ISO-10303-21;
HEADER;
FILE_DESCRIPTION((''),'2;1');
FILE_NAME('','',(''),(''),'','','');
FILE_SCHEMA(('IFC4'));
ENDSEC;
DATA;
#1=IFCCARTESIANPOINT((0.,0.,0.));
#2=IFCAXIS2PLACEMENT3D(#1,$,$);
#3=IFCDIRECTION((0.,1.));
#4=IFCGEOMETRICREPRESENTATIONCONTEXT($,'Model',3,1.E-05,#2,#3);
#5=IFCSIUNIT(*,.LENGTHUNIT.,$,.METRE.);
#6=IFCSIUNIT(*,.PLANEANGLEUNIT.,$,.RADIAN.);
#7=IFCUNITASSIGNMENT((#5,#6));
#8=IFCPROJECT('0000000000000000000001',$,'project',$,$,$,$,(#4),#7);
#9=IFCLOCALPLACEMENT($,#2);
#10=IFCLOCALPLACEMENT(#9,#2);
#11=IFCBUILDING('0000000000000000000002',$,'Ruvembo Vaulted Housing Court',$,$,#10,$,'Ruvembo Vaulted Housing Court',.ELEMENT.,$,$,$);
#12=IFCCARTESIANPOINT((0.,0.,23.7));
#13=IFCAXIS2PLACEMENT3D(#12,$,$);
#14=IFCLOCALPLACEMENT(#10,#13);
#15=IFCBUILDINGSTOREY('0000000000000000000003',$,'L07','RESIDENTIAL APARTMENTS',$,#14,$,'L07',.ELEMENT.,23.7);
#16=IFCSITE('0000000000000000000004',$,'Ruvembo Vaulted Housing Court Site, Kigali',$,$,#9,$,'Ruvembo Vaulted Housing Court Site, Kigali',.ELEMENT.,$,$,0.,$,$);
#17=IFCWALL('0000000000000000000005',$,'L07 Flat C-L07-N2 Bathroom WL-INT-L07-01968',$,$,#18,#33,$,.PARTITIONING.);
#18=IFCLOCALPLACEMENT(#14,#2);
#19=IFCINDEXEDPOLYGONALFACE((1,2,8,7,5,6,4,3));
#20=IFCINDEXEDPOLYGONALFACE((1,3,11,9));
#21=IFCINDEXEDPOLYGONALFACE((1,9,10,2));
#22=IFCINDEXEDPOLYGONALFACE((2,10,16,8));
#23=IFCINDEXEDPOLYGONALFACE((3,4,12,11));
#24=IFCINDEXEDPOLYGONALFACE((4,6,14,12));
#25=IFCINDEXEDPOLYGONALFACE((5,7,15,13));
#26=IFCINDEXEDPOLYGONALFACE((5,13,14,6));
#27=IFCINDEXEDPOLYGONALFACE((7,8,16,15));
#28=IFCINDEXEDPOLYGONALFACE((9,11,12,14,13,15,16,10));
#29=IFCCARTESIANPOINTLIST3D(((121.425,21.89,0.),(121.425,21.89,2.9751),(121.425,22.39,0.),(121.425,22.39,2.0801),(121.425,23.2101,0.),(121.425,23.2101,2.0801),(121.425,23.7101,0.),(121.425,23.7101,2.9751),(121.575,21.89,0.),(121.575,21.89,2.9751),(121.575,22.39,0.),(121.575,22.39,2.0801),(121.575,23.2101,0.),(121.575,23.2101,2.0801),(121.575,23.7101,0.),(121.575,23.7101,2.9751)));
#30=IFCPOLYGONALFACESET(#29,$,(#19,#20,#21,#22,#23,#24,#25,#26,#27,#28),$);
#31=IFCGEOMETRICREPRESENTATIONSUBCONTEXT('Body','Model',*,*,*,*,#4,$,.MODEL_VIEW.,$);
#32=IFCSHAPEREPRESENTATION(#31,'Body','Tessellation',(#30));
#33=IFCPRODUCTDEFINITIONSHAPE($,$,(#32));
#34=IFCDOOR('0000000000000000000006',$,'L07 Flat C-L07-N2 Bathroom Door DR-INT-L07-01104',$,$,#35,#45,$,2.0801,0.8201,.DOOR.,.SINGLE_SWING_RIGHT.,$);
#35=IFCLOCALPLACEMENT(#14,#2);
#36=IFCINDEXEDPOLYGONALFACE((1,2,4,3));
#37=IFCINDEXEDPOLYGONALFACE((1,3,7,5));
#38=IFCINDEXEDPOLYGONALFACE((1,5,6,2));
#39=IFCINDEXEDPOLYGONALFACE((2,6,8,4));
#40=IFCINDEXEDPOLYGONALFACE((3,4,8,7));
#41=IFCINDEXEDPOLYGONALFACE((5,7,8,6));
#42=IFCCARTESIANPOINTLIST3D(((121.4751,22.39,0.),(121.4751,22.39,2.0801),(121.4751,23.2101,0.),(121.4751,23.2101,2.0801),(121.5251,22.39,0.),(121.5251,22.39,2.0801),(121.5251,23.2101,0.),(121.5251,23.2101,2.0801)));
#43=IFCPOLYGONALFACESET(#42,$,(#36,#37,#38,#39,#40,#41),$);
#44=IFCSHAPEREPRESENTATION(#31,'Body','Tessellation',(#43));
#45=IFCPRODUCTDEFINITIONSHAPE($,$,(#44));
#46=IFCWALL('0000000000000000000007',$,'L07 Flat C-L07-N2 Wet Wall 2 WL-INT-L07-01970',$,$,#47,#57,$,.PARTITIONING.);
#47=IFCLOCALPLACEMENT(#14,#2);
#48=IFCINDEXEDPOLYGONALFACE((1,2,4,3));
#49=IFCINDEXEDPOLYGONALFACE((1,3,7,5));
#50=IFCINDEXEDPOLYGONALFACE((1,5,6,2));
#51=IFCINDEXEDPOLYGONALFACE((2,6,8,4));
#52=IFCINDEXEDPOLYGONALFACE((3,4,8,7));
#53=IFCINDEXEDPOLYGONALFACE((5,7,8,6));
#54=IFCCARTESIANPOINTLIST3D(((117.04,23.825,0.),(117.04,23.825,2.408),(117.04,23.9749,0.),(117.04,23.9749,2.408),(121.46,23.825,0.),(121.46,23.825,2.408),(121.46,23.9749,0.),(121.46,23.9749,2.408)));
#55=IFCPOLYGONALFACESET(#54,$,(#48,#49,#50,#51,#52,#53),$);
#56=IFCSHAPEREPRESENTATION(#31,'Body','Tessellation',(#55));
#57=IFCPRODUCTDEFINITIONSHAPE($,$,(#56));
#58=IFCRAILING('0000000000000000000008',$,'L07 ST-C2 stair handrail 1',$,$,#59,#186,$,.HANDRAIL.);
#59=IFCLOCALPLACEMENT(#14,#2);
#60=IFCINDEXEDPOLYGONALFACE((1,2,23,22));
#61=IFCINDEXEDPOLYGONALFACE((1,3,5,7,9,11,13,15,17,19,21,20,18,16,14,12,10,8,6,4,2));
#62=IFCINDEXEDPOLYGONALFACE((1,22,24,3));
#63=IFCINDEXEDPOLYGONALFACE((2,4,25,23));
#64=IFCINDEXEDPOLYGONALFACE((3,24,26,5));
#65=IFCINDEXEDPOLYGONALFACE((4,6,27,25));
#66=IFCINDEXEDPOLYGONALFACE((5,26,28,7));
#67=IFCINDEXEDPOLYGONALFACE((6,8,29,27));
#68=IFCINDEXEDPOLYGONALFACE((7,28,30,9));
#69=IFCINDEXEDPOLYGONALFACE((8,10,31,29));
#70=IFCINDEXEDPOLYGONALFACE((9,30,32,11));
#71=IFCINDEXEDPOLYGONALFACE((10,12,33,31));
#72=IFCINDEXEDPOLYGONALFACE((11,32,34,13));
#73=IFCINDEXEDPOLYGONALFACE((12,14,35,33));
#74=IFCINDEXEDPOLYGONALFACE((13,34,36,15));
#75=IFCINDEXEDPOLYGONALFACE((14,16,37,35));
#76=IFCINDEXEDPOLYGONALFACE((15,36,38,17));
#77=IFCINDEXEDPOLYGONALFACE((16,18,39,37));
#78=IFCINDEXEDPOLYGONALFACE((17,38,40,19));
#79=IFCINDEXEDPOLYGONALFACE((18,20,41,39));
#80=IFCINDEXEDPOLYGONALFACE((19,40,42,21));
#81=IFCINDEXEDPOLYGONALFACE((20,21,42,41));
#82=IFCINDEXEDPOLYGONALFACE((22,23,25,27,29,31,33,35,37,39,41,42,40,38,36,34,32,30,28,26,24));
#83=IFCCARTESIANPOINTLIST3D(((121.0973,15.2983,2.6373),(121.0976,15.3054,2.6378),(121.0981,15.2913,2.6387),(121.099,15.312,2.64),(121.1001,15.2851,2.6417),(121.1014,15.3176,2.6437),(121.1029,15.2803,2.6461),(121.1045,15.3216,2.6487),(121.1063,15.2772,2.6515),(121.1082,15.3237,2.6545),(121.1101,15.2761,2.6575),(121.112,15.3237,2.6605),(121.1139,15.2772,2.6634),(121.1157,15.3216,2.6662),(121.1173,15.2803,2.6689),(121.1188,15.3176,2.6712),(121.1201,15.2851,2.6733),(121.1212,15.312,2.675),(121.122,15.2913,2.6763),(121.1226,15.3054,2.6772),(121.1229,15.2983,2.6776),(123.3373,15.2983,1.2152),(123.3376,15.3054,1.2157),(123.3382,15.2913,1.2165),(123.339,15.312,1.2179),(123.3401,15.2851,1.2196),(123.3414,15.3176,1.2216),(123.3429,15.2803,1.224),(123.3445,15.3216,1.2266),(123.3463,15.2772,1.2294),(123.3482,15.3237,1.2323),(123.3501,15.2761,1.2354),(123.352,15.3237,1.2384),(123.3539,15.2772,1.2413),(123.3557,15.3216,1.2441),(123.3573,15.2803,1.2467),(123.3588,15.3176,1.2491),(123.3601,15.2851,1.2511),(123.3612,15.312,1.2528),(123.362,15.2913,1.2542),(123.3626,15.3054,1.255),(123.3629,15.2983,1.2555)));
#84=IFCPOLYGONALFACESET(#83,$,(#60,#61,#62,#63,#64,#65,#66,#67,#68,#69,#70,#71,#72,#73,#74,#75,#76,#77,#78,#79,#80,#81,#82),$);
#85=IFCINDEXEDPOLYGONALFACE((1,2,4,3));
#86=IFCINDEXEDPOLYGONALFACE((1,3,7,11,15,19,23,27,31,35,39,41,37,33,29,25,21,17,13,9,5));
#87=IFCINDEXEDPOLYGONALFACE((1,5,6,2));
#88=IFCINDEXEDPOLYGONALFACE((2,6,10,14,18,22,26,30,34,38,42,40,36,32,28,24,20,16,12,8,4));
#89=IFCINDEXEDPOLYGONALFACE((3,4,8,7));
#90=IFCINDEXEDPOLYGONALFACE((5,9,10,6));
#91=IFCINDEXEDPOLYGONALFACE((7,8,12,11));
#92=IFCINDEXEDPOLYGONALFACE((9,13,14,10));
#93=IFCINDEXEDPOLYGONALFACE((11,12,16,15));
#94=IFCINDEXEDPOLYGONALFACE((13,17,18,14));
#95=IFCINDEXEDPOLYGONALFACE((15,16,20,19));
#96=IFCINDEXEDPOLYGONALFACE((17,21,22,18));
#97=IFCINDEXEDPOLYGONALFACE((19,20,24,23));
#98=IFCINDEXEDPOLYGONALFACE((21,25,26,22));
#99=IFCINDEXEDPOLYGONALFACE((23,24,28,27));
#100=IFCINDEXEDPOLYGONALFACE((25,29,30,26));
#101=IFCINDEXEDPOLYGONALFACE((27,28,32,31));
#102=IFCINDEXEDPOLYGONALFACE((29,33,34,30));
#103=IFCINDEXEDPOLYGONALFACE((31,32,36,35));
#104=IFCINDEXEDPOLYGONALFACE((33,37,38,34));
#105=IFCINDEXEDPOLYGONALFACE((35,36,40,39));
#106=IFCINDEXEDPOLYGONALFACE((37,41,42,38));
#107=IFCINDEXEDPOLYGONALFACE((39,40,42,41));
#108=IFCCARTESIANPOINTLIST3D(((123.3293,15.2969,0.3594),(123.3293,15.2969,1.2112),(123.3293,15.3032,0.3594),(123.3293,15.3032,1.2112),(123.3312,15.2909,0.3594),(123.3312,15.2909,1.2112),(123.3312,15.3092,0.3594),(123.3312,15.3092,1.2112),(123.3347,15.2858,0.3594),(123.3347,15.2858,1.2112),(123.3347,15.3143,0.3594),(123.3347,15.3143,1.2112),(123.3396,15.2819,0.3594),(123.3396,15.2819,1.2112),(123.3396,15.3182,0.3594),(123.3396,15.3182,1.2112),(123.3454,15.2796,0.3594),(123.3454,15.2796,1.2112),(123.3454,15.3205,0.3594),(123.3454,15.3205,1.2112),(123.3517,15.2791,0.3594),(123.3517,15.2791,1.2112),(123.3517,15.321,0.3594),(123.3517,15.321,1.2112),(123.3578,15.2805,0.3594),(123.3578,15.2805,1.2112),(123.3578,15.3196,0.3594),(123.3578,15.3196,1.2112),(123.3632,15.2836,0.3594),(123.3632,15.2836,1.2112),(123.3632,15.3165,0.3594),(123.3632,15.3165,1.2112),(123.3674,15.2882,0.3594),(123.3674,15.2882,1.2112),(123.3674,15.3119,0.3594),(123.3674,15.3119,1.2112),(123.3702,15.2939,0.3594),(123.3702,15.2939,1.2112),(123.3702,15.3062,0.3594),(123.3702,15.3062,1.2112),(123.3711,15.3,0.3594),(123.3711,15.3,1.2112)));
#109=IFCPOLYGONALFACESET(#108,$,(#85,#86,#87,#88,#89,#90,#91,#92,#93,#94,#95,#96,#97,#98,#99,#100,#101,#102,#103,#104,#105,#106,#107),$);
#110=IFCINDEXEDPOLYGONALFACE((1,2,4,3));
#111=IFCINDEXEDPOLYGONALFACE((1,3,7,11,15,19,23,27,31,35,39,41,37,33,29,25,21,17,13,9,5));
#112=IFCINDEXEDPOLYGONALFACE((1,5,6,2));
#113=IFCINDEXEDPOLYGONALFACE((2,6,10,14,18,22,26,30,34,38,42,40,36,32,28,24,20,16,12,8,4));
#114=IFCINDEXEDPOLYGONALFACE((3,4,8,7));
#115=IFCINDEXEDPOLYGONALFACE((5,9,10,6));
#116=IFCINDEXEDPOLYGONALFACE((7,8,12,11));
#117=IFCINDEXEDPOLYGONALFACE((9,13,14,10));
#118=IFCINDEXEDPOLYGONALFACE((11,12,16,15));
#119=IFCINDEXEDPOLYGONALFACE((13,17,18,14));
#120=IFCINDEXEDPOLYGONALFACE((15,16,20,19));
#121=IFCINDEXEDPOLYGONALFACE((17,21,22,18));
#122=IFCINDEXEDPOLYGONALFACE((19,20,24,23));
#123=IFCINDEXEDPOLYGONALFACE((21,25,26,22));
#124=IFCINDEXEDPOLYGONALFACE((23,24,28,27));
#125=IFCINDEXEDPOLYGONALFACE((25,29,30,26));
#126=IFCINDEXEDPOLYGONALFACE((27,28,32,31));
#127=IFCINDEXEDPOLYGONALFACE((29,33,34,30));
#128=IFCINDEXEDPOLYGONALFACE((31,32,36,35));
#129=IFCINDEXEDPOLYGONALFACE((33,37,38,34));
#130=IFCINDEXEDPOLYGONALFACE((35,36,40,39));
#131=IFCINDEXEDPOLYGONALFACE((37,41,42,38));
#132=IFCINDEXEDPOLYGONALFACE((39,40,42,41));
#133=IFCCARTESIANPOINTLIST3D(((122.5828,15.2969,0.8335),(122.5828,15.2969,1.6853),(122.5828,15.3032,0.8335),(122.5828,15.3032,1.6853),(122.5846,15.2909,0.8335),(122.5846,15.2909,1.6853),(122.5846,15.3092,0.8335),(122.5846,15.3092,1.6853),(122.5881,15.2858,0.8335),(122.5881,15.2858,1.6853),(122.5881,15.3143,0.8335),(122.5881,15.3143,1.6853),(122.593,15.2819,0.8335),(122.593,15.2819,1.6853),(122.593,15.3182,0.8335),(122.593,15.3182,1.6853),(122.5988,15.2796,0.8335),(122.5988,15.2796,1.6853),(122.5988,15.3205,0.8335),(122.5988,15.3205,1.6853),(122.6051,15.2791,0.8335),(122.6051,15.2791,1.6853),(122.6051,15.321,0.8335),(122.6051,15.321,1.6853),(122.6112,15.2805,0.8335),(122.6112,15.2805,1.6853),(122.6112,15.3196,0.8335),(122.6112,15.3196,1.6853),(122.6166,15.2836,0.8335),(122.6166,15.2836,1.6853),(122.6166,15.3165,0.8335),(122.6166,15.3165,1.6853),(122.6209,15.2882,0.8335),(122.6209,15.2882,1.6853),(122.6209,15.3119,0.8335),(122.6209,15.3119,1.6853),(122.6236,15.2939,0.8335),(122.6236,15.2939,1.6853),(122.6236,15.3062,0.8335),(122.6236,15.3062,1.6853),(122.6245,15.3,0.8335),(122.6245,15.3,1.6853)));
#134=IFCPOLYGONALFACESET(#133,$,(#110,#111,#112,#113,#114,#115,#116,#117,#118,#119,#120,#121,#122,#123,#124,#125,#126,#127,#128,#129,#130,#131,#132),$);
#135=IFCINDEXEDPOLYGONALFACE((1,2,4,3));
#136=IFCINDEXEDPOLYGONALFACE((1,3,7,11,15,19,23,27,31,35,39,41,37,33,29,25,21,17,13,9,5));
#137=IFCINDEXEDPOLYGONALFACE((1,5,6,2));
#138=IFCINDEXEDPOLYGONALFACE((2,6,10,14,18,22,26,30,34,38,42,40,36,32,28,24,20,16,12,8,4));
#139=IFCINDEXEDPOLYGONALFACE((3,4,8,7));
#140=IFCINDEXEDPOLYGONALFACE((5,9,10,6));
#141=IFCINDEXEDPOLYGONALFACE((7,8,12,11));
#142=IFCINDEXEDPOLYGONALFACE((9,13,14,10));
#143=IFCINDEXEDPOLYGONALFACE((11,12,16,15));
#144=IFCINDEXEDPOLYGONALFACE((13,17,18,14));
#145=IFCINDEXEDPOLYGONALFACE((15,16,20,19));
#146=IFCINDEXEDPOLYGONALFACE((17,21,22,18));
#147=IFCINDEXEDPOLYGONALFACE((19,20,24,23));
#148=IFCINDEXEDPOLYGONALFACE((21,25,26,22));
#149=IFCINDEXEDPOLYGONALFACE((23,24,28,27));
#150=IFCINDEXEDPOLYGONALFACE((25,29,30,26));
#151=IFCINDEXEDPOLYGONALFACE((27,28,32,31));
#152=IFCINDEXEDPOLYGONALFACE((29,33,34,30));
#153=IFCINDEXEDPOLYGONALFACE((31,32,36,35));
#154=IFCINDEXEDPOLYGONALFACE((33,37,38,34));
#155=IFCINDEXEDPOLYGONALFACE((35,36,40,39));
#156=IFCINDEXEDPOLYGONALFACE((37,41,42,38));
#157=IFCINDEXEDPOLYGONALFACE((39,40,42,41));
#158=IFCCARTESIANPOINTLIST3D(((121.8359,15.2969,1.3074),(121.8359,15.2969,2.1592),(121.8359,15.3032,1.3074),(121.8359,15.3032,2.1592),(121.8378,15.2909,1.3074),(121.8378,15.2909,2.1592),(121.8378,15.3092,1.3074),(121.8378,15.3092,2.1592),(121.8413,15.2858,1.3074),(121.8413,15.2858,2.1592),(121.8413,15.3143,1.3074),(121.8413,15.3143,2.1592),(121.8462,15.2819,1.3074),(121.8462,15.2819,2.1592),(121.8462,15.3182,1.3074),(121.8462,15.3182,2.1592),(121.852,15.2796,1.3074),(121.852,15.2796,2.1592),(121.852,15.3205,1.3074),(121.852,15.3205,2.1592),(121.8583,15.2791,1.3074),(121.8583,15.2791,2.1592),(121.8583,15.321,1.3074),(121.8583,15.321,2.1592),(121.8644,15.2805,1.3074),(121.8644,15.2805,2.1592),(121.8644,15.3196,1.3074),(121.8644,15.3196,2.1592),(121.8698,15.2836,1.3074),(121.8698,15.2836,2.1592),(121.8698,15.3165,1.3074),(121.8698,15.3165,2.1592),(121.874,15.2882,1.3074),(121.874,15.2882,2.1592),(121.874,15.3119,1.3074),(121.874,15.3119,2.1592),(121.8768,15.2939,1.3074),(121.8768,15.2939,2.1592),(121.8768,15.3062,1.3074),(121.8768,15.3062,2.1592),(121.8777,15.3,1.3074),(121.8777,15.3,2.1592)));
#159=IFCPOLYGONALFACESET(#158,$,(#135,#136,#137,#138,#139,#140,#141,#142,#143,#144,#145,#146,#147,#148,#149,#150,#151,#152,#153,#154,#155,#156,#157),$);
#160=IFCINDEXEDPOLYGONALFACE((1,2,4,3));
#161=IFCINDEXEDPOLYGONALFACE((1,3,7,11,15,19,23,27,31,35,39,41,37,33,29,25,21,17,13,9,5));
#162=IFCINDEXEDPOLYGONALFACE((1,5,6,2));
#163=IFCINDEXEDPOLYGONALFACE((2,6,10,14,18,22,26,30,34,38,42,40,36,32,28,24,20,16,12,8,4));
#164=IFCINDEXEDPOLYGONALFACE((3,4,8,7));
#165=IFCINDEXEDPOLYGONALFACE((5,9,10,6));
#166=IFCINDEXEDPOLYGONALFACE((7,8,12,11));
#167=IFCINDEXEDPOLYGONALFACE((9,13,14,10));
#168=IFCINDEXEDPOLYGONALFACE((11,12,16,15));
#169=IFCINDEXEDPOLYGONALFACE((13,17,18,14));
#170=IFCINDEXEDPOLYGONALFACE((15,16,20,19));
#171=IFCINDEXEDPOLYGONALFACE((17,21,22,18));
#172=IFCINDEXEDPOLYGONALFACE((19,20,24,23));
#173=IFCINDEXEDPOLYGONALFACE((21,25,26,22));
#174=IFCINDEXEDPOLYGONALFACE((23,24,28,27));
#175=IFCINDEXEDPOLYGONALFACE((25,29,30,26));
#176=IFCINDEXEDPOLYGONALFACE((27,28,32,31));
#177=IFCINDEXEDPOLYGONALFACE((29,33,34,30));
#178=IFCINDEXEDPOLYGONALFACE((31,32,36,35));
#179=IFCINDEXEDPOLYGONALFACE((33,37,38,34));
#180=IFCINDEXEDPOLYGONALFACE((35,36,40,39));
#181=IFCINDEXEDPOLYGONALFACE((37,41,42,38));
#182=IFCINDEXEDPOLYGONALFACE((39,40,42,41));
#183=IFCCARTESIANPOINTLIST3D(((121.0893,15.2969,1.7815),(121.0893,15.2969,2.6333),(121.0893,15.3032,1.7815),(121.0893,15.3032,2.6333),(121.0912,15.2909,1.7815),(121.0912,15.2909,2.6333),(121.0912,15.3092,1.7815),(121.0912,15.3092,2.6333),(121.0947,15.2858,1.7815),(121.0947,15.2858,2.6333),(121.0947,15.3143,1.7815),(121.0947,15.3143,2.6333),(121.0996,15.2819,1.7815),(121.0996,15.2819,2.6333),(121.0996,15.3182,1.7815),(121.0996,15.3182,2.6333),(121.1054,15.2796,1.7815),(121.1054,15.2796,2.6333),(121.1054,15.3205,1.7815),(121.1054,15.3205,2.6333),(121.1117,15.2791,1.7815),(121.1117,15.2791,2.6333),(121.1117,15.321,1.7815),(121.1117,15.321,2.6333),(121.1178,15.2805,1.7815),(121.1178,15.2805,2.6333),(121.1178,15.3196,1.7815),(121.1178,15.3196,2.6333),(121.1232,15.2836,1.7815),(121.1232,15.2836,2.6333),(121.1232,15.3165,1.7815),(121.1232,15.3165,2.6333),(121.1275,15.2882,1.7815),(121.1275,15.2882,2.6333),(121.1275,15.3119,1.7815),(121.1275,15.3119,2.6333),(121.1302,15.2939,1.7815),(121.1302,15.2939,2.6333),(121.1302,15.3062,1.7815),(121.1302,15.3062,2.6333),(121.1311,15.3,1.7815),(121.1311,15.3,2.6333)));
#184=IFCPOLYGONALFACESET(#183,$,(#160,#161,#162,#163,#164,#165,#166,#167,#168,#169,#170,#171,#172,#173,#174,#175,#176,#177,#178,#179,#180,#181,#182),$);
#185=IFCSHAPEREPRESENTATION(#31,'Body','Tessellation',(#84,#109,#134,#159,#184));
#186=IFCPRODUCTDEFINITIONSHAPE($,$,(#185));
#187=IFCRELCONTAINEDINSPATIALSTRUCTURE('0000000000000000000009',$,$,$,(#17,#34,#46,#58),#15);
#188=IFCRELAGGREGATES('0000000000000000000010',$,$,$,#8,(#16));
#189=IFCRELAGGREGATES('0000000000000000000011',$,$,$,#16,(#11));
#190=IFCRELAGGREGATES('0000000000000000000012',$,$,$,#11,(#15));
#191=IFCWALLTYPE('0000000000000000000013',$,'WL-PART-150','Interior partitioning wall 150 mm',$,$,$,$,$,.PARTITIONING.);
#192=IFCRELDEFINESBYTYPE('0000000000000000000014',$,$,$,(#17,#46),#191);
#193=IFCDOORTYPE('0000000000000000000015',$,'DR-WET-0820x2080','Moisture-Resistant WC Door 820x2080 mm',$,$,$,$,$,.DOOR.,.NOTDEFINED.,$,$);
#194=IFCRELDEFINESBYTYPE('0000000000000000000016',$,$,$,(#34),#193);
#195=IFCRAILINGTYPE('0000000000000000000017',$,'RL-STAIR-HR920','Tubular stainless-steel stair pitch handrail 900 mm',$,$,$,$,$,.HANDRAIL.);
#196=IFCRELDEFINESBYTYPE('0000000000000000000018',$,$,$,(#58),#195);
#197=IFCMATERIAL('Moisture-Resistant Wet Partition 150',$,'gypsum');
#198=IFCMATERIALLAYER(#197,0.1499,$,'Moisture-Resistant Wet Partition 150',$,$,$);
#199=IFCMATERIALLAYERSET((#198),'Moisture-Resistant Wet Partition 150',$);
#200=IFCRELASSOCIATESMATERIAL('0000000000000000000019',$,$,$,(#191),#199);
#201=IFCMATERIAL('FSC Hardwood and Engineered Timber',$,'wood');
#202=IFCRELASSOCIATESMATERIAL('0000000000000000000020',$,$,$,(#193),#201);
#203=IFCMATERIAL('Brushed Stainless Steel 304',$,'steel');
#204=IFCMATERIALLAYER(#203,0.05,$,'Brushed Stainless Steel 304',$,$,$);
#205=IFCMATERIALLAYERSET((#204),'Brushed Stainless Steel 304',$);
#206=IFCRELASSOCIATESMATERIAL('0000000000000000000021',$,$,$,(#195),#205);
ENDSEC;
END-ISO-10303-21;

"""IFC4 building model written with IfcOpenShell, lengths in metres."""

from ifc_helpers import new_model, si_unit, direction, frame, frame_2d, origin, origin_2d, place, context, subcontext, project, spatial, rectangle, circle, extrude, material, layer, layer_set, type_object, element, fill, save


model = new_model("IFC4")

# Units and contexts
model_context = context("Model", 3, precision=1e-05, world=origin(), true_north=direction((0.0, 1.0)))
body_context = subcontext(model_context, "Body", "Model", "MODEL_VIEW")
ifc_project = project(units=[si_unit("LENGTHUNIT", "METRE"), si_unit("PLANEANGLEUNIT", "RADIAN")], contexts=[model_context])

# Site, building, storey
site_placement = place(None, origin())
site = spatial("IfcSite", under=ifc_project, at=site_placement, Name="Ruvembo Vaulted Housing Court Site, Kigali", LongName="Ruvembo Vaulted Housing Court Site, Kigali", CompositionType="ELEMENT", RefElevation=0.0)
building_placement = place(site_placement, origin())
building = spatial("IfcBuilding", under=site, at=building_placement, Name="Ruvembo Vaulted Housing Court", LongName="Ruvembo Vaulted Housing Court", CompositionType="ELEMENT")
storey_placement = place(building_placement, frame((0.0, 0.0, 23.7)))
storey = spatial("IfcBuildingStorey", under=building, at=storey_placement, Name="L07", Description="RESIDENTIAL APARTMENTS", LongName="L07", CompositionType="ELEMENT", Elevation=23.7)

# Shared definitions
ifc_material_1 = material(Name="FSC Hardwood and Engineered Timber", Category="wood")

# Wall, opening, door
ifc_material_2 = material(Name="Moisture-Resistant Wet Partition 150", Category="gypsum")
ifc_layer_1 = layer(ifc_material_2, 0.1499, Name="Moisture-Resistant Wet Partition 150")
ifc_layer_set_1 = layer_set([ifc_layer_1], Name="Moisture-Resistant Wet Partition 150")
wall_type_1 = type_object("IfcWallType", Name="WL-PART-150", Description="Interior partitioning wall 150 mm", PredefinedType="PARTITIONING", material=ifc_layer_set_1)
wall_1_placement = place(storey_placement, frame((121.5, 21.8899, 0.0), z_axis=(0.0, 0.0, 1.0), x_axis=(0.0, 1.0, 0.0)))
wall_1 = element("IfcWall", 1, at=wall_1_placement, inside=storey, type_object=wall_type_1, Name="L07 Flat C-L07-N2 Bathroom WL-INT-L07-01968", PredefinedType="PARTITIONING", context=body_context, shape_type="SweptSolid", body=[
    extrude(rectangle(XDim=1.8201, YDim=0.1499, at=frame_2d((0.9102, 0.0))), origin(), (0.0, 0.0, 1.0), 2.9751),
])
opening_1_placement = place(wall_1_placement, frame((0.5, 0.0, 0.0)))
opening_1 = element("IfcOpeningElement", 2, at=opening_1_placement, cuts=wall_1, PredefinedType="OPENING", context=body_context, shape_type="SweptSolid", body=[
    extrude(rectangle(XDim=0.8201, YDim=2.0801, at=frame_2d((0.4102, 1.04))), frame((0.0, 0.085, 0.0), z_axis=(0.0, -1.0, 0.0), x_axis=(1.0, 0.0, 0.0)), (0.0, 0.0, 1.0), 0.1699),
])
door_type_1 = type_object("IfcDoorType", Name="DR-WET-0820x2080", Description="Moisture-Resistant WC Door 820x2080 mm", OperationType="NOTDEFINED", PredefinedType="DOOR", material=ifc_material_1)
door_1_placement = place(opening_1_placement, origin())
door_1 = element("IfcDoor", 3, at=door_1_placement, inside=storey, type_object=door_type_1, Name="L07 Flat C-L07-N2 Bathroom Door DR-INT-L07-01104", OperationType="SINGLE_SWING_RIGHT", OverallHeight=2.0801, OverallWidth=0.8201, PredefinedType="DOOR", context=body_context, shape_type="SweptSolid", body=[
    extrude(rectangle(XDim=0.8201, YDim=2.0801, at=frame_2d((0.4102, 1.04))), frame((0.0, 0.0249, 0.0), z_axis=(0.0, -1.0, 0.0), x_axis=(1.0, 0.0, 0.0)), (0.0, 0.0, 1.0), 0.05),
])
fill(opening_1, door_1)

# Wall
wall_2_placement = place(storey_placement, frame((117.04, 23.8999, 0.0), z_axis=(0.0, 0.0, 1.0), x_axis=(1.0, 0.0, 0.0)))
element("IfcWall", 4, at=wall_2_placement, inside=storey, type_object=wall_type_1, Name="L07 Flat C-L07-N2 Wet Wall 2 WL-INT-L07-01970", PredefinedType="PARTITIONING", context=body_context, shape_type="SweptSolid", body=[
    extrude(rectangle(XDim=4.4199, YDim=0.1499, at=frame_2d((2.21, 0.0))), origin(), (0.0, 0.0, 1.0), 2.408),
])

# Shared definitions
ifc_material_3 = material(Name="Brushed Stainless Steel 304", Category="steel")

# Railing
ifc_layer_2 = layer(ifc_material_3, 0.05, Name="Brushed Stainless Steel 304")
ifc_layer_set_2 = layer_set([ifc_layer_2], Name="Brushed Stainless Steel 304")
railing_type = type_object("IfcRailingType", Name="RL-STAIR-HR920", Description="Tubular stainless-steel stair pitch handrail 900 mm", PredefinedType="HANDRAIL", material=ifc_layer_set_2)
railing_placement = place(storey_placement, frame((123.3501, 15.3, 0.3594)))
element("IfcRailing", 5, at=railing_placement, inside=storey, type_object=railing_type, Name="L07 ST-C2 stair handrail 1", PredefinedType="HANDRAIL", context=body_context, shape_type="SweptSolid", body=[
    extrude(circle(Radius=0.0239, at=origin_2d()), frame((0.0, 0.0, 0.876), z_axis=(-0.844229, 0.0, 0.535982), x_axis=(0.0, -1.0, 0.0)), (0.0, 0.0, 1.0), 2.6533),
    extrude(circle(Radius=0.021, at=origin_2d()), origin(), (0.0, 0.0, 1.0), 0.8518),
    extrude(circle(Radius=0.021, at=origin_2d()), frame((-0.7466, 0.0, 0.4741)), (0.0, 0.0, 1.0), 0.8518),
    extrude(circle(Radius=0.021, at=origin_2d()), frame((-1.4934, 0.0, 0.948)), (0.0, 0.0, 1.0), 0.8518),
    extrude(circle(Radius=0.021, at=origin_2d()), frame((-2.24, 0.0, 1.4221)), (0.0, 0.0, 1.0), 0.8518),
])

save(model, "model.ifc")
